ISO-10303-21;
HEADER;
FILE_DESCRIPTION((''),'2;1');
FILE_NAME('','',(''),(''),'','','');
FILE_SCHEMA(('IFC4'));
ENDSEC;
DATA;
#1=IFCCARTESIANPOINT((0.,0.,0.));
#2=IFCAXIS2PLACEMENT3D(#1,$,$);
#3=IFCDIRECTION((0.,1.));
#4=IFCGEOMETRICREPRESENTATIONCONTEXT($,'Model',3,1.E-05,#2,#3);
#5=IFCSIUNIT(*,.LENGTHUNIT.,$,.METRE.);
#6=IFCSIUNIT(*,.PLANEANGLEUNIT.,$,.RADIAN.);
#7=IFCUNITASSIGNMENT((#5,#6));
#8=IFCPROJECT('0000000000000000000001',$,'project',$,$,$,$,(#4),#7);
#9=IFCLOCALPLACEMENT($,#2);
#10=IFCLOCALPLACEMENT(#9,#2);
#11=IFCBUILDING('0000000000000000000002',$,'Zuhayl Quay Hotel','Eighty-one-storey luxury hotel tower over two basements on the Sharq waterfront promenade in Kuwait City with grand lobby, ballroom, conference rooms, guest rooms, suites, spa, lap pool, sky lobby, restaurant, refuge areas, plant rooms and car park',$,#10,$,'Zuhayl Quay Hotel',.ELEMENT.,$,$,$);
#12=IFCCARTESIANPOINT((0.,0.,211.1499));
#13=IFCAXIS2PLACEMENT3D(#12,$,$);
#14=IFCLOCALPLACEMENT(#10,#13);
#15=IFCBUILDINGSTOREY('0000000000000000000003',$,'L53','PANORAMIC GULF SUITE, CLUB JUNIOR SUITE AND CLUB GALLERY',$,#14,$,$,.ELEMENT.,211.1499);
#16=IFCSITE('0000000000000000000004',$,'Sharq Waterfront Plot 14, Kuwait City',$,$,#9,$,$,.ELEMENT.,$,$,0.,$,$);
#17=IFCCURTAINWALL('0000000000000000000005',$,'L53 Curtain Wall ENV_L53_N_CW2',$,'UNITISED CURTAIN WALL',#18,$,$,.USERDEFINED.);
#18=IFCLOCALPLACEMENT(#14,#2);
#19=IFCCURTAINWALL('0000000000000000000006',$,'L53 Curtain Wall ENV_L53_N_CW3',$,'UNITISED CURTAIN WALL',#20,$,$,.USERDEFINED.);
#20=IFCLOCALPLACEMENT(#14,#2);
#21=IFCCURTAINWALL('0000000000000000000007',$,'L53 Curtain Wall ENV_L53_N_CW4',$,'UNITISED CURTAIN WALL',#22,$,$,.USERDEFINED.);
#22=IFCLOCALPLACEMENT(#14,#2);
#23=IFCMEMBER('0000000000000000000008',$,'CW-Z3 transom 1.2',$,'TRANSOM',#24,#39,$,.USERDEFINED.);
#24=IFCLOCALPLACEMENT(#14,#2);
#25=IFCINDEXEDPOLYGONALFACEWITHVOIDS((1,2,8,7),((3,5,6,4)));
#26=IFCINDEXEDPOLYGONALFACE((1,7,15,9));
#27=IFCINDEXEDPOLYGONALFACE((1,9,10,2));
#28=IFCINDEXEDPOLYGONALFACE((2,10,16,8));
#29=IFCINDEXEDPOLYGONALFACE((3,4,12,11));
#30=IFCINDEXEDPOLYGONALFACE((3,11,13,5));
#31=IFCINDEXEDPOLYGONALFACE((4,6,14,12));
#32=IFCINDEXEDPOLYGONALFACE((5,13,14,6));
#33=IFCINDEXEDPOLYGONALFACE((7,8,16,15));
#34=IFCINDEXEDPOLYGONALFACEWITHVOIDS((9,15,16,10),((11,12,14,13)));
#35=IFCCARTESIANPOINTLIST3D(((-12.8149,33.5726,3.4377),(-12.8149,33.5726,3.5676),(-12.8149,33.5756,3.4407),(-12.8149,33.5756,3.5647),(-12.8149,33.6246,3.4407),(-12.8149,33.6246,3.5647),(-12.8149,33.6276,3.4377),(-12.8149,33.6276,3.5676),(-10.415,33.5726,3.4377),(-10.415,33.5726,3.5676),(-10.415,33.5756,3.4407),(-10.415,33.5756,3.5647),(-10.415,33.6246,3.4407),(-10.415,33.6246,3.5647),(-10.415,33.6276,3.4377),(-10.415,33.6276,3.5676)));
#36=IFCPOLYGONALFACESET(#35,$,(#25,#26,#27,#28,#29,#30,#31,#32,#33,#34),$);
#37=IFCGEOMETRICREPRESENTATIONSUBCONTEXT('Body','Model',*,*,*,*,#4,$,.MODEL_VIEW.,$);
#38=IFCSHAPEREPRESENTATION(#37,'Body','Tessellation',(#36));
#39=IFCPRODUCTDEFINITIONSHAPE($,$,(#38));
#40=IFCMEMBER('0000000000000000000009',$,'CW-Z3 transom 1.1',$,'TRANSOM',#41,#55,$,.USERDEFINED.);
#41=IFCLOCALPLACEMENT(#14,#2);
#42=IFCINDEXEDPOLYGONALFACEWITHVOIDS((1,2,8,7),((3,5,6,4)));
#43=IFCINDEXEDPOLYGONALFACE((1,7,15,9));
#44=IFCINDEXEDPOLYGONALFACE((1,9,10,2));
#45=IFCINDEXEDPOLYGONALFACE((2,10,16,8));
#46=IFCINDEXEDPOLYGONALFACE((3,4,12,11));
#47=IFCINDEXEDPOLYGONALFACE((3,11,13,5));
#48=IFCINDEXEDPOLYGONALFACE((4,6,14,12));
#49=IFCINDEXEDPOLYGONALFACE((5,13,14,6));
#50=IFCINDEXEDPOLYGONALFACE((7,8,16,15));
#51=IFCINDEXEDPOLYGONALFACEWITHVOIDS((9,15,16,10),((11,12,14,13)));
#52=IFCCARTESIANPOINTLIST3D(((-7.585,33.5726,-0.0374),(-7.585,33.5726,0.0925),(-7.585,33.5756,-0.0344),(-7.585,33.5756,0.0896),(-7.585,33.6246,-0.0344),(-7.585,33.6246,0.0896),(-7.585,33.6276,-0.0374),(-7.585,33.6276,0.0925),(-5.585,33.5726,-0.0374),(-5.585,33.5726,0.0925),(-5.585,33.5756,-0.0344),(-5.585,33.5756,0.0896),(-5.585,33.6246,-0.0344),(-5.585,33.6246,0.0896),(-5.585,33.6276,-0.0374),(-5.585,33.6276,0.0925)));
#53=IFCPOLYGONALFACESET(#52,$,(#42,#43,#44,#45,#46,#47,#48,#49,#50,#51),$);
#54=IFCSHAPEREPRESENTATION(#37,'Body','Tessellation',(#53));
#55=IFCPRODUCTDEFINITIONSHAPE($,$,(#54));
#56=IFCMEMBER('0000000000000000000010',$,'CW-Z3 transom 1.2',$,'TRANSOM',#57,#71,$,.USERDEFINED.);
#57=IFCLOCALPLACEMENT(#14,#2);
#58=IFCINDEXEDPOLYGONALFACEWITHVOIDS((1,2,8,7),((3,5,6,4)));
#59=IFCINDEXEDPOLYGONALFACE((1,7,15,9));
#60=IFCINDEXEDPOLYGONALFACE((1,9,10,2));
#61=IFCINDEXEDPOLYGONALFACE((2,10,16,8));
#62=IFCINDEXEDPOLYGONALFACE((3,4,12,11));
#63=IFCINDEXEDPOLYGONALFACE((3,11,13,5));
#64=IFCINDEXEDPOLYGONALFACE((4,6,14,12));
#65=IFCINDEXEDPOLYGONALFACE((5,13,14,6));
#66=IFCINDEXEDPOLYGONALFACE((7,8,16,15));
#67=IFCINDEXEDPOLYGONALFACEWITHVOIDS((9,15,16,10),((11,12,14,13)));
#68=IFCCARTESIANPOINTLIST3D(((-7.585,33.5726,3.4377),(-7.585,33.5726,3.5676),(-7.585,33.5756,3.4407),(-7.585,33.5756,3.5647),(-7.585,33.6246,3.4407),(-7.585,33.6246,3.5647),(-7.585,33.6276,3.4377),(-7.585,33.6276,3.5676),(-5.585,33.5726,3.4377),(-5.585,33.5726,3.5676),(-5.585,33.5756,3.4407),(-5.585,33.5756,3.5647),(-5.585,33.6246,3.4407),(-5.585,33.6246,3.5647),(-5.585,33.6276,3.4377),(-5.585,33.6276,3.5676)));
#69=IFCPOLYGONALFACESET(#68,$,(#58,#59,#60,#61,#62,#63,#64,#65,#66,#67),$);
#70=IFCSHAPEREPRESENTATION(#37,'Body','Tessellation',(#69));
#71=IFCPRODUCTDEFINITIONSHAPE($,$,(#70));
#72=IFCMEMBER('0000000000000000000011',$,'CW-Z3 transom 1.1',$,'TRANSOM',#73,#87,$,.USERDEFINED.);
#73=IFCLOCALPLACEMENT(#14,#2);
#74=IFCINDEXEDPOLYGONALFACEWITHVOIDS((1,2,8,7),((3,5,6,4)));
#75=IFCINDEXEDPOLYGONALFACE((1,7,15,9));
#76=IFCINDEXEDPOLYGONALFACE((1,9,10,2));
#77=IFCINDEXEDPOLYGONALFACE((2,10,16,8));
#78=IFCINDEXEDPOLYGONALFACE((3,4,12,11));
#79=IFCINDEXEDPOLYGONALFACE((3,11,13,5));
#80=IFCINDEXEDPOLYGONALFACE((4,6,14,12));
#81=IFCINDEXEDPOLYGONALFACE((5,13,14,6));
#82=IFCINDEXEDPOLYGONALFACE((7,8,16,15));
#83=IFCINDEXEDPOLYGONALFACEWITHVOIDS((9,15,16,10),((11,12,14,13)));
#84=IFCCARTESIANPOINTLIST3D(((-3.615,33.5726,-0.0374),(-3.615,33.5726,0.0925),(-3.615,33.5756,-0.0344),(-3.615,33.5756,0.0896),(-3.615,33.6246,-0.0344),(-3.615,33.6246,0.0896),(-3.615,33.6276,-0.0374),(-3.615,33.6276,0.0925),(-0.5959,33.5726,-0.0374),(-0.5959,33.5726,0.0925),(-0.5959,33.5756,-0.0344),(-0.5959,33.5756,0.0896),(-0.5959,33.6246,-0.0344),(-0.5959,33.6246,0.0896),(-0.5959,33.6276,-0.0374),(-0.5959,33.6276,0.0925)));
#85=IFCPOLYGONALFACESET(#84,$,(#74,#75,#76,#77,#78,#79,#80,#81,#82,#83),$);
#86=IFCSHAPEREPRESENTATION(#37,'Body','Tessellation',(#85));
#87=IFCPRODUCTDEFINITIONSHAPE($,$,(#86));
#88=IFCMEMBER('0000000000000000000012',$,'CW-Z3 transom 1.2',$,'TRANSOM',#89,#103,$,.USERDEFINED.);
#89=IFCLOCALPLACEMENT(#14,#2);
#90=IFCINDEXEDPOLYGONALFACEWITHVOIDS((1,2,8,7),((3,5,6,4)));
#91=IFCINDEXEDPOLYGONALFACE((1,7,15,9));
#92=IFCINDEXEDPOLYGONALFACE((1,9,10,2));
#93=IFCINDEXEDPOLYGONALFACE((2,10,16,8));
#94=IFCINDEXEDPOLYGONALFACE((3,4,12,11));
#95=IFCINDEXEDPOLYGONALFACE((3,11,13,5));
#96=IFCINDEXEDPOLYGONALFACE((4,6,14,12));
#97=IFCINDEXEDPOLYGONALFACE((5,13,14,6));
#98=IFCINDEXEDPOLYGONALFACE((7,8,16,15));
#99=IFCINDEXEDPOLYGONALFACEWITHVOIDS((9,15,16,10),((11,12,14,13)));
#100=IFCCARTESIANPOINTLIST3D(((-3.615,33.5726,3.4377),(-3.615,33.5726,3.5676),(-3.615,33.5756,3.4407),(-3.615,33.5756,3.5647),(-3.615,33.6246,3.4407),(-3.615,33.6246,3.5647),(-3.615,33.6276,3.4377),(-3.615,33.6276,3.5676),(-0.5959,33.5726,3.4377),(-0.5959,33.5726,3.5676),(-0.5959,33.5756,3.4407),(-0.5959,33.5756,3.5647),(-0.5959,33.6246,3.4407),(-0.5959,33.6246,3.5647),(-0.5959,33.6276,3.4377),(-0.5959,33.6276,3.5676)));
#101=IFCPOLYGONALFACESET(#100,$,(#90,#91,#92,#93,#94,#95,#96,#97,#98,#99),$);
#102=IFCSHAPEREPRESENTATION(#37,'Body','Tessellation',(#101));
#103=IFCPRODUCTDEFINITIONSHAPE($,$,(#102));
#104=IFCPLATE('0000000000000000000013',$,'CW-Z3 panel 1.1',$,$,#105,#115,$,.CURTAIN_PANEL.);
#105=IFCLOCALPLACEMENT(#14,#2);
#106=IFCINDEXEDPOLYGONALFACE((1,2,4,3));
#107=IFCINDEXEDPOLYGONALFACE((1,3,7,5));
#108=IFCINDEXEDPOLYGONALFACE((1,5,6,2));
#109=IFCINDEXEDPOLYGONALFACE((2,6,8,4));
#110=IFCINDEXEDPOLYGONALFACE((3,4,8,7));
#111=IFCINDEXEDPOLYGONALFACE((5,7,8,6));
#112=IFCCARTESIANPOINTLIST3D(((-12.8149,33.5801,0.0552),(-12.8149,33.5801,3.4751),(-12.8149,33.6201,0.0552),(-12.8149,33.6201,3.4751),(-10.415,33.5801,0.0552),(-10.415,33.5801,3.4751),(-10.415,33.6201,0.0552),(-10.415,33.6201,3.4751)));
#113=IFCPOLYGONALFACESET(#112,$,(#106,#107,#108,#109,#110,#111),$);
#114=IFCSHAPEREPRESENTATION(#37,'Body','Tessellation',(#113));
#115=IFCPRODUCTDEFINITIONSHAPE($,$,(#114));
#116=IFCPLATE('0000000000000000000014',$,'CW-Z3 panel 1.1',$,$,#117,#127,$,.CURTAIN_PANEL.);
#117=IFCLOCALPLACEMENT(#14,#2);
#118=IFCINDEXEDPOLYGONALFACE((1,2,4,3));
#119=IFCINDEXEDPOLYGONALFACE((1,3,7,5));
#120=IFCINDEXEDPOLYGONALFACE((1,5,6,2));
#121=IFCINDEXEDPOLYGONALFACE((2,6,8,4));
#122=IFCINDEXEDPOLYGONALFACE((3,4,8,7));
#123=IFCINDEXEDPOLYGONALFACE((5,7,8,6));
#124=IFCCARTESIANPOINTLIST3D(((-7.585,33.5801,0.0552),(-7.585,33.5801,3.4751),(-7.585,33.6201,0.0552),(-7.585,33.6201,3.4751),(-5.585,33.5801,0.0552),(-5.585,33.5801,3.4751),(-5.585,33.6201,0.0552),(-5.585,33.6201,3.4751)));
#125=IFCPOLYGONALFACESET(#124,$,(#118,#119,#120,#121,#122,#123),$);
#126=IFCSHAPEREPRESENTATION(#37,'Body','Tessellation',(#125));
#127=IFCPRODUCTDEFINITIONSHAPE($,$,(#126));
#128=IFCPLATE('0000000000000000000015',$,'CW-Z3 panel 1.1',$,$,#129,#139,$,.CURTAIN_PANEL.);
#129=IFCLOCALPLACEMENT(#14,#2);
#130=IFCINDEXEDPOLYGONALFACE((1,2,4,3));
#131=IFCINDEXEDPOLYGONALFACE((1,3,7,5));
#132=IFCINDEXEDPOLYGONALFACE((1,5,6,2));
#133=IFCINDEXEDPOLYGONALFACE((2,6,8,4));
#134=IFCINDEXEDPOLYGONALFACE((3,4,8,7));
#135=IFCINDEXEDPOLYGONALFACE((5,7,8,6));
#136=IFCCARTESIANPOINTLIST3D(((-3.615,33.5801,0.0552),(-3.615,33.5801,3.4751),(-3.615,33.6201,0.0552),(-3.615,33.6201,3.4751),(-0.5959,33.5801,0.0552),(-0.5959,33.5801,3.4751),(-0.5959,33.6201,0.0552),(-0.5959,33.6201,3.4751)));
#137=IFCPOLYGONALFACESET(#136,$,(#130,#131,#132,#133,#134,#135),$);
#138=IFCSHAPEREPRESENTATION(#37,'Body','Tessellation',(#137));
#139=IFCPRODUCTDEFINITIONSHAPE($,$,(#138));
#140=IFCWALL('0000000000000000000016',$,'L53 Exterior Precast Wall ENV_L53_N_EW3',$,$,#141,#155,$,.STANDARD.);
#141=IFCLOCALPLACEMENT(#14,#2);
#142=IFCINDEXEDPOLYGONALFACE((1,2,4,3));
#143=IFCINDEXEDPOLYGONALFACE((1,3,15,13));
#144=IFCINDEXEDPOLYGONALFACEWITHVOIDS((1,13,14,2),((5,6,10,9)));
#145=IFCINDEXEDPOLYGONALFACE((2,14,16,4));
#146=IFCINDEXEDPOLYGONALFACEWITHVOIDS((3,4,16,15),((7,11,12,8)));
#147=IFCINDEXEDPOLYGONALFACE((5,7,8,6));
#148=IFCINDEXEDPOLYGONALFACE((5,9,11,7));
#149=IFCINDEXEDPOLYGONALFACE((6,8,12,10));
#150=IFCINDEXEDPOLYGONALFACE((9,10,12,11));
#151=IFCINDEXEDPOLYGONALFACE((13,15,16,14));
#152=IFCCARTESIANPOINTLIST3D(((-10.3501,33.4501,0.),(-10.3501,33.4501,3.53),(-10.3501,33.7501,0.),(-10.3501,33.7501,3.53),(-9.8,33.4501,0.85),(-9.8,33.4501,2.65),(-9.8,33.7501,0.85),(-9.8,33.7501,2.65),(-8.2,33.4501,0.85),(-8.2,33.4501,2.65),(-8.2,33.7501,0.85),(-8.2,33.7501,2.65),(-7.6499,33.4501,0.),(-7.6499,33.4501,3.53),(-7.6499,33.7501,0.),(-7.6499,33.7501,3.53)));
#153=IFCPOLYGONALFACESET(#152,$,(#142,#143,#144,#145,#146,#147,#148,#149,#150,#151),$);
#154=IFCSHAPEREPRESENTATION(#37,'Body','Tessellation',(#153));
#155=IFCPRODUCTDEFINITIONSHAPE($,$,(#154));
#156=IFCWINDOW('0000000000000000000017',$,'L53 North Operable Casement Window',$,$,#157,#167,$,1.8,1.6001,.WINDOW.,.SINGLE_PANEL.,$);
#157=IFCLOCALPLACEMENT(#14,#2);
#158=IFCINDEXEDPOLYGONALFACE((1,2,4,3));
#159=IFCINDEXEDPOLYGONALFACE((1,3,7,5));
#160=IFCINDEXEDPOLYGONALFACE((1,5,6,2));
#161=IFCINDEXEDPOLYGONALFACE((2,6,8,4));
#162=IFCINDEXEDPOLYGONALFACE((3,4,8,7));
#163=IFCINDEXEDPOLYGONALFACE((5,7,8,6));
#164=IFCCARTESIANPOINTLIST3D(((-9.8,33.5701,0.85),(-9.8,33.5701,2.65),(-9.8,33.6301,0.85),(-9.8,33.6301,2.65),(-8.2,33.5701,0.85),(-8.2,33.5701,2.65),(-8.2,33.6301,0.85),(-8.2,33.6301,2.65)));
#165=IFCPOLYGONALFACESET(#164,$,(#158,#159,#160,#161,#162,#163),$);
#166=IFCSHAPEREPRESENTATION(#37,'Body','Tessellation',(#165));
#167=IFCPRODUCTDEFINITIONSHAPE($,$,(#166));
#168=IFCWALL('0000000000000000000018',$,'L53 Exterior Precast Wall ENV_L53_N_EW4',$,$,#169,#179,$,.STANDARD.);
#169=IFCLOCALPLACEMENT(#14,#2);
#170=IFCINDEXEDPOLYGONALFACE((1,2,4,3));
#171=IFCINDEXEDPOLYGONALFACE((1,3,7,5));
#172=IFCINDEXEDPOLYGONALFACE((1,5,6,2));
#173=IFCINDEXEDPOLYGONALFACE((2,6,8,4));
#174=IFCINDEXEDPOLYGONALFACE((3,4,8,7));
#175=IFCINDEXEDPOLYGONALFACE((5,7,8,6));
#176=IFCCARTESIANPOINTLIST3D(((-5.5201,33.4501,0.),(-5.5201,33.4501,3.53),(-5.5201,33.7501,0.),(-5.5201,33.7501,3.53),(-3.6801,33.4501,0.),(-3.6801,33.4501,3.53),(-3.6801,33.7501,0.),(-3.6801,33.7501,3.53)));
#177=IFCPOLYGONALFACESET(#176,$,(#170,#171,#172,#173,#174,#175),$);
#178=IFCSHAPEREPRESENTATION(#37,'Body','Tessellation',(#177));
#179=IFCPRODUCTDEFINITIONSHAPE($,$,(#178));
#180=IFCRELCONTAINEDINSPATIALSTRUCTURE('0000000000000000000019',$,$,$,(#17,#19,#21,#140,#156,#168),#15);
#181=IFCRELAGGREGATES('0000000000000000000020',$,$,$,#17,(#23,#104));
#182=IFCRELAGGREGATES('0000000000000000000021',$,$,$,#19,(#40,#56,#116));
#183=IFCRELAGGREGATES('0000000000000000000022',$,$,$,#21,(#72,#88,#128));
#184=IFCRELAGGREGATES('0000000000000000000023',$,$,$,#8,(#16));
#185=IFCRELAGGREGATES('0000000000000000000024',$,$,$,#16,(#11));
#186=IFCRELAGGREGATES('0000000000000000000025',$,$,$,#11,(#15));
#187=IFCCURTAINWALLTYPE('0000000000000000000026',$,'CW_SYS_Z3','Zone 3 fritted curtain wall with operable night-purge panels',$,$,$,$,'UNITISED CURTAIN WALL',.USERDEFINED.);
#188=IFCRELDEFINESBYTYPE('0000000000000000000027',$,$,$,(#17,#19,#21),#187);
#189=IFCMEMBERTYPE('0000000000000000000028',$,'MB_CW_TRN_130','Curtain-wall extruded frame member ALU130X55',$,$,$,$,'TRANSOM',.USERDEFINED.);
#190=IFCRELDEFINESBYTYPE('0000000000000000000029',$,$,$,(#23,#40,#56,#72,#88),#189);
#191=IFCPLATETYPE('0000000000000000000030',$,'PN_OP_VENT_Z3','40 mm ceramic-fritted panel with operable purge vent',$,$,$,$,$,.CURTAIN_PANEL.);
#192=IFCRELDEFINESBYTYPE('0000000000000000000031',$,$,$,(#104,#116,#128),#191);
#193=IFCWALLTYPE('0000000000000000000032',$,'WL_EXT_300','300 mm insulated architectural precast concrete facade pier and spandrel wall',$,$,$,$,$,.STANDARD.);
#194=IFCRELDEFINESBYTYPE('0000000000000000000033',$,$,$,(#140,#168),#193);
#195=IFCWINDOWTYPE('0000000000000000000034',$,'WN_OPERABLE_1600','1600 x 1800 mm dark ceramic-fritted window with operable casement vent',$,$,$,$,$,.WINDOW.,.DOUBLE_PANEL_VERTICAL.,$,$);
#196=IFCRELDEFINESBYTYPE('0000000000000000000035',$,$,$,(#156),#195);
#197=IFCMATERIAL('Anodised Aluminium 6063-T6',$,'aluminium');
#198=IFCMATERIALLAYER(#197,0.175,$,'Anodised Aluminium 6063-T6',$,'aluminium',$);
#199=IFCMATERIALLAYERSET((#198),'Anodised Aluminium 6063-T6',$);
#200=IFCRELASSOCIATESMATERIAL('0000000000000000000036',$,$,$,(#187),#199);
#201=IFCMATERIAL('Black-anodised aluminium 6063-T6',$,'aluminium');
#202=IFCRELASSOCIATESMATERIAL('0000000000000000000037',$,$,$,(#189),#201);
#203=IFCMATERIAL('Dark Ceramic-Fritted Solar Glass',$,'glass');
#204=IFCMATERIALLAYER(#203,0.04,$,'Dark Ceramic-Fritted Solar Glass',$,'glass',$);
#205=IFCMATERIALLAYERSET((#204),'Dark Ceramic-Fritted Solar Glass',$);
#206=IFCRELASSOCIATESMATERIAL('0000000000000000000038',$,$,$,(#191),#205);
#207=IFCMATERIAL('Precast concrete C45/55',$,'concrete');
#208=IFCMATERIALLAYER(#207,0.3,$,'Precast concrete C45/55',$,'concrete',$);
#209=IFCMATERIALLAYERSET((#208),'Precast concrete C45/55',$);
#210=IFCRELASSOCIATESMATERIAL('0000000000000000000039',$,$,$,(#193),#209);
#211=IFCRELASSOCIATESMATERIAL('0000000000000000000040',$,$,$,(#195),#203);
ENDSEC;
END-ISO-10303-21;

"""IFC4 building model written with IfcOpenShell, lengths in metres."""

from ifc_helpers import new_model, si_unit, direction, frame, frame_2d, origin, origin_2d, place, context, subcontext, project, spatial, rectangle, hollow_rectangle, extrude, material, layer, layer_set, material_profile, profile_set, type_object, element, fill, aggregate, save


model = new_model("IFC4")

# Units and contexts
model_context = context("Model", 3, precision=1e-05, world=origin(), true_north=direction((0.0, 1.0)))
body_context = subcontext(model_context, "Body", "Model", "MODEL_VIEW")
ifc_project = project(units=[si_unit("LENGTHUNIT", "METRE"), si_unit("PLANEANGLEUNIT", "RADIAN")], contexts=[model_context])

# Site, building, storey
site_placement = place(None, origin())
site = spatial("IfcSite", under=ifc_project, at=site_placement, Name="Sharq Waterfront Plot 14, Kuwait City", CompositionType="ELEMENT", RefElevation=0.0)
building_placement = place(site_placement, origin())
building = spatial("IfcBuilding", under=site, at=building_placement, Name="Zuhayl Quay Hotel", Description="Eighty-one-storey luxury hotel tower over two basements on the Sharq waterfront promenade in Kuwait City with grand lobby, ballroom, conference rooms, guest rooms, suites, spa, lap pool, sky lobby, restaurant, refuge areas, plant rooms and car park", LongName="Zuhayl Quay Hotel", CompositionType="ELEMENT")
storey_placement = place(building_placement, frame((0.0, 0.0, 211.1499)))
storey = spatial("IfcBuildingStorey", under=building, at=storey_placement, Name="L53", Description="PANORAMIC GULF SUITE, CLUB JUNIOR SUITE AND CLUB GALLERY", CompositionType="ELEMENT", Elevation=211.1499)

# Curtain walls
ifc_material_1 = material(Name="Anodised Aluminium 6063-T6", Category="aluminium")
ifc_layer_1 = layer(ifc_material_1, 0.175, Name="Anodised Aluminium 6063-T6", Category="aluminium")
ifc_layer_set_1 = layer_set([ifc_layer_1], Name="Anodised Aluminium 6063-T6")
curtain_wall_type = type_object("IfcCurtainWallType", Name="CW_SYS_Z3", Description="Zone 3 fritted curtain wall with operable night-purge panels", ElementType="UNITISED CURTAIN WALL", PredefinedType="USERDEFINED", material=ifc_layer_set_1)
curtain_wall_1_placement = place(storey_placement, origin())
curtain_wall_1 = element("IfcCurtainWall", 1, at=curtain_wall_1_placement, inside=storey, type_object=curtain_wall_type, Name="L53 Curtain Wall ENV_L53_N_CW2", ObjectType="UNITISED CURTAIN WALL", PredefinedType="USERDEFINED")
ifc_material_2 = material(Name="Black-anodised aluminium 6063-T6", Category="aluminium")
curtain_wall_2_placement = place(storey_placement, origin())
curtain_wall_2 = element("IfcCurtainWall", 2, at=curtain_wall_2_placement, inside=storey, type_object=curtain_wall_type, Name="L53 Curtain Wall ENV_L53_N_CW3", ObjectType="UNITISED CURTAIN WALL", PredefinedType="USERDEFINED")
curtain_wall_3_placement = place(storey_placement, origin())
curtain_wall_3 = element("IfcCurtainWall", 3, at=curtain_wall_3_placement, inside=storey, type_object=curtain_wall_type, Name="L53 Curtain Wall ENV_L53_N_CW4", ObjectType="UNITISED CURTAIN WALL", PredefinedType="USERDEFINED")

# Members
ifc_material_profile_1 = material_profile(ifc_material_2, hollow_rectangle(XDim=0.0549, YDim=0.1299, WallThickness=0.0029, at=origin_2d()), Name="ALU130X55")
ifc_profile_set_1 = profile_set([ifc_material_profile_1], Name="Black-anodised aluminium 6063-T6")
member_type_1 = type_object("IfcMemberType", Name="MB_CW_TRN_130", Description="Curtain-wall extruded frame member ALU130X55", ElementType="TRANSOM", PredefinedType="USERDEFINED", material=ifc_profile_set_1)
member_1_placement = place(storey_placement, frame((-12.8149, 33.6001, 3.5027), z_axis=(1.0, 0.0, 0.0), x_axis=(0.0, 1.0, 0.0)))
member_1 = element("IfcMember", 4, at=member_1_placement, type_object=member_type_1, Name="CW-Z3 transom 1.2", ObjectType="TRANSOM", PredefinedType="USERDEFINED", context=body_context, shape_type="SweptSolid", body=[
    extrude(hollow_rectangle(XDim=0.0549, YDim=0.1299, WallThickness=0.0029, at=origin_2d()), origin(), (0.0, 0.0, 1.0), 2.3999),
])
member_2_placement = place(storey_placement, frame((-7.585, 33.6001, 0.0276), z_axis=(1.0, 0.0, 0.0), x_axis=(0.0, 1.0, 0.0)))
member_2 = element("IfcMember", 5, at=member_2_placement, type_object=member_type_1, Name="CW-Z3 transom 1.1", ObjectType="TRANSOM", PredefinedType="USERDEFINED", context=body_context, shape_type="SweptSolid", body=[
    extrude(hollow_rectangle(XDim=0.0549, YDim=0.1299, WallThickness=0.0029, at=origin_2d()), origin(), (0.0, 0.0, 1.0), 2.0),
])
member_3_placement = place(storey_placement, frame((-7.585, 33.6001, 3.5027), z_axis=(1.0, 0.0, 0.0), x_axis=(0.0, 1.0, 0.0)))
member_3 = element("IfcMember", 6, at=member_3_placement, type_object=member_type_1, Name="CW-Z3 transom 1.2", ObjectType="TRANSOM", PredefinedType="USERDEFINED", context=body_context, shape_type="SweptSolid", body=[
    extrude(hollow_rectangle(XDim=0.0549, YDim=0.1299, WallThickness=0.0029, at=origin_2d()), origin(), (0.0, 0.0, 1.0), 2.0),
])
member_4_placement = place(storey_placement, frame((-3.615, 33.6001, 0.0276), z_axis=(1.0, 0.0, 0.0), x_axis=(0.0, 1.0, 0.0)))
member_4 = element("IfcMember", 7, at=member_4_placement, type_object=member_type_1, Name="CW-Z3 transom 1.1", ObjectType="TRANSOM", PredefinedType="USERDEFINED", context=body_context, shape_type="SweptSolid", body=[
    extrude(hollow_rectangle(XDim=0.0549, YDim=0.1299, WallThickness=0.0029, at=origin_2d()), origin(), (0.0, 0.0, 1.0), 3.019),
])
member_5_placement = place(storey_placement, frame((-3.615, 33.6001, 3.5027), z_axis=(1.0, 0.0, 0.0), x_axis=(0.0, 1.0, 0.0)))
member_5 = element("IfcMember", 8, at=member_5_placement, type_object=member_type_1, Name="CW-Z3 transom 1.2", ObjectType="TRANSOM", PredefinedType="USERDEFINED", context=body_context, shape_type="SweptSolid", body=[
    extrude(hollow_rectangle(XDim=0.0549, YDim=0.1299, WallThickness=0.0029, at=origin_2d()), origin(), (0.0, 0.0, 1.0), 3.019),
])

# Plates
ifc_material_3 = material(Name="Dark Ceramic-Fritted Solar Glass", Category="glass")
ifc_layer_2 = layer(ifc_material_3, 0.04, Name="Dark Ceramic-Fritted Solar Glass", Category="glass")
ifc_layer_set_2 = layer_set([ifc_layer_2], Name="Dark Ceramic-Fritted Solar Glass")
plate_type = type_object("IfcPlateType", Name="PN_OP_VENT_Z3", Description="40 mm ceramic-fritted panel with operable purge vent", PredefinedType="CURTAIN_PANEL", material=ifc_layer_set_2)
plate_1_placement = place(storey_placement, frame((-11.615, 33.6001, 0.0552), z_axis=(0.0, 0.0, 1.0), x_axis=(1.0, 0.0, 0.0)))
plate_1 = element("IfcPlate", 9, at=plate_1_placement, type_object=plate_type, Name="CW-Z3 panel 1.1", PredefinedType="CURTAIN_PANEL", context=body_context, shape_type="SweptSolid", body=[
    extrude(rectangle(XDim=2.3999, YDim=0.04, at=origin_2d()), origin(), (0.0, 0.0, 1.0), 3.4199),
])
aggregate(curtain_wall_1, [member_1, plate_1])
plate_2_placement = place(storey_placement, frame((-6.585, 33.6001, 0.0552), z_axis=(0.0, 0.0, 1.0), x_axis=(1.0, 0.0, 0.0)))
plate_2 = element("IfcPlate", 10, at=plate_2_placement, type_object=plate_type, Name="CW-Z3 panel 1.1", PredefinedType="CURTAIN_PANEL", context=body_context, shape_type="SweptSolid", body=[
    extrude(rectangle(XDim=2.0, YDim=0.04, at=origin_2d()), origin(), (0.0, 0.0, 1.0), 3.4199),
])
aggregate(curtain_wall_2, [member_2, member_3, plate_2])
plate_3_placement = place(storey_placement, frame((-2.1055, 33.6001, 0.0552), z_axis=(0.0, 0.0, 1.0), x_axis=(1.0, 0.0, 0.0)))
plate_3 = element("IfcPlate", 11, at=plate_3_placement, type_object=plate_type, Name="CW-Z3 panel 1.1", PredefinedType="CURTAIN_PANEL", context=body_context, shape_type="SweptSolid", body=[
    extrude(rectangle(XDim=3.019, YDim=0.04, at=origin_2d()), origin(), (0.0, 0.0, 1.0), 3.4199),
])
aggregate(curtain_wall_3, [member_4, member_5, plate_3])

# Wall, opening, window
ifc_material_4 = material(Name="Precast concrete C45/55", Category="concrete")
ifc_layer_3 = layer(ifc_material_4, 0.3, Name="Precast concrete C45/55", Category="concrete")
ifc_layer_set_3 = layer_set([ifc_layer_3], Name="Precast concrete C45/55")
wall_type_1 = type_object("IfcWallType", Name="WL_EXT_300", Description="300 mm insulated architectural precast concrete facade pier and spandrel wall", PredefinedType="STANDARD", material=ifc_layer_set_3)
wall_1_placement = place(storey_placement, frame((-10.3501, 33.6001, 0.0), z_axis=(0.0, 0.0, 1.0), x_axis=(1.0, 0.0, 0.0)))
wall_1 = element("IfcWall", 12, at=wall_1_placement, inside=storey, type_object=wall_type_1, Name="L53 Exterior Precast Wall ENV_L53_N_EW3", PredefinedType="STANDARD", context=body_context, shape_type="SweptSolid", body=[
    extrude(rectangle(XDim=2.7002, YDim=0.3, at=frame_2d((1.3501, 0.0))), origin(), (0.0, 0.0, 1.0), 3.53),
])
opening_1_placement = place(wall_1_placement, frame((0.55, 0.0, 0.8501)))
opening_1 = element("IfcOpeningElement", 13, at=opening_1_placement, cuts=wall_1, PredefinedType="OPENING", context=body_context, shape_type="SweptSolid", body=[
    extrude(rectangle(XDim=1.6001, YDim=1.8, at=frame_2d((0.8, 0.8999))), frame((0.0, 0.1599, 0.0), z_axis=(0.0, -1.0, 0.0), x_axis=(1.0, 0.0, 0.0)), (0.0, 0.0, 1.0), 0.3201),
])
window_type = type_object("IfcWindowType", Name="WN_OPERABLE_1600", Description="1600 x 1800 mm dark ceramic-fritted window with operable casement vent", PartitioningType="DOUBLE_PANEL_VERTICAL", PredefinedType="WINDOW", material=ifc_material_3)
window_1_placement = place(opening_1_placement, origin())
window_1 = element("IfcWindow", 14, at=window_1_placement, inside=storey, type_object=window_type, Name="L53 North Operable Casement Window", OverallHeight=1.8, OverallWidth=1.6001, PartitioningType="SINGLE_PANEL", PredefinedType="WINDOW", context=body_context, shape_type="SweptSolid", body=[
    extrude(rectangle(XDim=1.6001, YDim=1.8, at=frame_2d((0.8, 0.8999))), frame((0.0, 0.03, 0.0), z_axis=(0.0, -1.0, 0.0), x_axis=(1.0, 0.0, 0.0)), (0.0, 0.0, 1.0), 0.0601),
])
fill(opening_1, window_1)

# Wall
wall_2_placement = place(storey_placement, frame((-5.52, 33.6001, 0.0), z_axis=(0.0, 0.0, 1.0), x_axis=(1.0, 0.0, 0.0)))
element("IfcWall", 15, at=wall_2_placement, inside=storey, type_object=wall_type_1, Name="L53 Exterior Precast Wall ENV_L53_N_EW4", PredefinedType="STANDARD", context=body_context, shape_type="SweptSolid", body=[
    extrude(rectangle(XDim=1.8401, YDim=0.3, at=frame_2d((0.9199, 0.0))), origin(), (0.0, 0.0, 1.0), 3.53),
])

save(model, "model.ifc")
